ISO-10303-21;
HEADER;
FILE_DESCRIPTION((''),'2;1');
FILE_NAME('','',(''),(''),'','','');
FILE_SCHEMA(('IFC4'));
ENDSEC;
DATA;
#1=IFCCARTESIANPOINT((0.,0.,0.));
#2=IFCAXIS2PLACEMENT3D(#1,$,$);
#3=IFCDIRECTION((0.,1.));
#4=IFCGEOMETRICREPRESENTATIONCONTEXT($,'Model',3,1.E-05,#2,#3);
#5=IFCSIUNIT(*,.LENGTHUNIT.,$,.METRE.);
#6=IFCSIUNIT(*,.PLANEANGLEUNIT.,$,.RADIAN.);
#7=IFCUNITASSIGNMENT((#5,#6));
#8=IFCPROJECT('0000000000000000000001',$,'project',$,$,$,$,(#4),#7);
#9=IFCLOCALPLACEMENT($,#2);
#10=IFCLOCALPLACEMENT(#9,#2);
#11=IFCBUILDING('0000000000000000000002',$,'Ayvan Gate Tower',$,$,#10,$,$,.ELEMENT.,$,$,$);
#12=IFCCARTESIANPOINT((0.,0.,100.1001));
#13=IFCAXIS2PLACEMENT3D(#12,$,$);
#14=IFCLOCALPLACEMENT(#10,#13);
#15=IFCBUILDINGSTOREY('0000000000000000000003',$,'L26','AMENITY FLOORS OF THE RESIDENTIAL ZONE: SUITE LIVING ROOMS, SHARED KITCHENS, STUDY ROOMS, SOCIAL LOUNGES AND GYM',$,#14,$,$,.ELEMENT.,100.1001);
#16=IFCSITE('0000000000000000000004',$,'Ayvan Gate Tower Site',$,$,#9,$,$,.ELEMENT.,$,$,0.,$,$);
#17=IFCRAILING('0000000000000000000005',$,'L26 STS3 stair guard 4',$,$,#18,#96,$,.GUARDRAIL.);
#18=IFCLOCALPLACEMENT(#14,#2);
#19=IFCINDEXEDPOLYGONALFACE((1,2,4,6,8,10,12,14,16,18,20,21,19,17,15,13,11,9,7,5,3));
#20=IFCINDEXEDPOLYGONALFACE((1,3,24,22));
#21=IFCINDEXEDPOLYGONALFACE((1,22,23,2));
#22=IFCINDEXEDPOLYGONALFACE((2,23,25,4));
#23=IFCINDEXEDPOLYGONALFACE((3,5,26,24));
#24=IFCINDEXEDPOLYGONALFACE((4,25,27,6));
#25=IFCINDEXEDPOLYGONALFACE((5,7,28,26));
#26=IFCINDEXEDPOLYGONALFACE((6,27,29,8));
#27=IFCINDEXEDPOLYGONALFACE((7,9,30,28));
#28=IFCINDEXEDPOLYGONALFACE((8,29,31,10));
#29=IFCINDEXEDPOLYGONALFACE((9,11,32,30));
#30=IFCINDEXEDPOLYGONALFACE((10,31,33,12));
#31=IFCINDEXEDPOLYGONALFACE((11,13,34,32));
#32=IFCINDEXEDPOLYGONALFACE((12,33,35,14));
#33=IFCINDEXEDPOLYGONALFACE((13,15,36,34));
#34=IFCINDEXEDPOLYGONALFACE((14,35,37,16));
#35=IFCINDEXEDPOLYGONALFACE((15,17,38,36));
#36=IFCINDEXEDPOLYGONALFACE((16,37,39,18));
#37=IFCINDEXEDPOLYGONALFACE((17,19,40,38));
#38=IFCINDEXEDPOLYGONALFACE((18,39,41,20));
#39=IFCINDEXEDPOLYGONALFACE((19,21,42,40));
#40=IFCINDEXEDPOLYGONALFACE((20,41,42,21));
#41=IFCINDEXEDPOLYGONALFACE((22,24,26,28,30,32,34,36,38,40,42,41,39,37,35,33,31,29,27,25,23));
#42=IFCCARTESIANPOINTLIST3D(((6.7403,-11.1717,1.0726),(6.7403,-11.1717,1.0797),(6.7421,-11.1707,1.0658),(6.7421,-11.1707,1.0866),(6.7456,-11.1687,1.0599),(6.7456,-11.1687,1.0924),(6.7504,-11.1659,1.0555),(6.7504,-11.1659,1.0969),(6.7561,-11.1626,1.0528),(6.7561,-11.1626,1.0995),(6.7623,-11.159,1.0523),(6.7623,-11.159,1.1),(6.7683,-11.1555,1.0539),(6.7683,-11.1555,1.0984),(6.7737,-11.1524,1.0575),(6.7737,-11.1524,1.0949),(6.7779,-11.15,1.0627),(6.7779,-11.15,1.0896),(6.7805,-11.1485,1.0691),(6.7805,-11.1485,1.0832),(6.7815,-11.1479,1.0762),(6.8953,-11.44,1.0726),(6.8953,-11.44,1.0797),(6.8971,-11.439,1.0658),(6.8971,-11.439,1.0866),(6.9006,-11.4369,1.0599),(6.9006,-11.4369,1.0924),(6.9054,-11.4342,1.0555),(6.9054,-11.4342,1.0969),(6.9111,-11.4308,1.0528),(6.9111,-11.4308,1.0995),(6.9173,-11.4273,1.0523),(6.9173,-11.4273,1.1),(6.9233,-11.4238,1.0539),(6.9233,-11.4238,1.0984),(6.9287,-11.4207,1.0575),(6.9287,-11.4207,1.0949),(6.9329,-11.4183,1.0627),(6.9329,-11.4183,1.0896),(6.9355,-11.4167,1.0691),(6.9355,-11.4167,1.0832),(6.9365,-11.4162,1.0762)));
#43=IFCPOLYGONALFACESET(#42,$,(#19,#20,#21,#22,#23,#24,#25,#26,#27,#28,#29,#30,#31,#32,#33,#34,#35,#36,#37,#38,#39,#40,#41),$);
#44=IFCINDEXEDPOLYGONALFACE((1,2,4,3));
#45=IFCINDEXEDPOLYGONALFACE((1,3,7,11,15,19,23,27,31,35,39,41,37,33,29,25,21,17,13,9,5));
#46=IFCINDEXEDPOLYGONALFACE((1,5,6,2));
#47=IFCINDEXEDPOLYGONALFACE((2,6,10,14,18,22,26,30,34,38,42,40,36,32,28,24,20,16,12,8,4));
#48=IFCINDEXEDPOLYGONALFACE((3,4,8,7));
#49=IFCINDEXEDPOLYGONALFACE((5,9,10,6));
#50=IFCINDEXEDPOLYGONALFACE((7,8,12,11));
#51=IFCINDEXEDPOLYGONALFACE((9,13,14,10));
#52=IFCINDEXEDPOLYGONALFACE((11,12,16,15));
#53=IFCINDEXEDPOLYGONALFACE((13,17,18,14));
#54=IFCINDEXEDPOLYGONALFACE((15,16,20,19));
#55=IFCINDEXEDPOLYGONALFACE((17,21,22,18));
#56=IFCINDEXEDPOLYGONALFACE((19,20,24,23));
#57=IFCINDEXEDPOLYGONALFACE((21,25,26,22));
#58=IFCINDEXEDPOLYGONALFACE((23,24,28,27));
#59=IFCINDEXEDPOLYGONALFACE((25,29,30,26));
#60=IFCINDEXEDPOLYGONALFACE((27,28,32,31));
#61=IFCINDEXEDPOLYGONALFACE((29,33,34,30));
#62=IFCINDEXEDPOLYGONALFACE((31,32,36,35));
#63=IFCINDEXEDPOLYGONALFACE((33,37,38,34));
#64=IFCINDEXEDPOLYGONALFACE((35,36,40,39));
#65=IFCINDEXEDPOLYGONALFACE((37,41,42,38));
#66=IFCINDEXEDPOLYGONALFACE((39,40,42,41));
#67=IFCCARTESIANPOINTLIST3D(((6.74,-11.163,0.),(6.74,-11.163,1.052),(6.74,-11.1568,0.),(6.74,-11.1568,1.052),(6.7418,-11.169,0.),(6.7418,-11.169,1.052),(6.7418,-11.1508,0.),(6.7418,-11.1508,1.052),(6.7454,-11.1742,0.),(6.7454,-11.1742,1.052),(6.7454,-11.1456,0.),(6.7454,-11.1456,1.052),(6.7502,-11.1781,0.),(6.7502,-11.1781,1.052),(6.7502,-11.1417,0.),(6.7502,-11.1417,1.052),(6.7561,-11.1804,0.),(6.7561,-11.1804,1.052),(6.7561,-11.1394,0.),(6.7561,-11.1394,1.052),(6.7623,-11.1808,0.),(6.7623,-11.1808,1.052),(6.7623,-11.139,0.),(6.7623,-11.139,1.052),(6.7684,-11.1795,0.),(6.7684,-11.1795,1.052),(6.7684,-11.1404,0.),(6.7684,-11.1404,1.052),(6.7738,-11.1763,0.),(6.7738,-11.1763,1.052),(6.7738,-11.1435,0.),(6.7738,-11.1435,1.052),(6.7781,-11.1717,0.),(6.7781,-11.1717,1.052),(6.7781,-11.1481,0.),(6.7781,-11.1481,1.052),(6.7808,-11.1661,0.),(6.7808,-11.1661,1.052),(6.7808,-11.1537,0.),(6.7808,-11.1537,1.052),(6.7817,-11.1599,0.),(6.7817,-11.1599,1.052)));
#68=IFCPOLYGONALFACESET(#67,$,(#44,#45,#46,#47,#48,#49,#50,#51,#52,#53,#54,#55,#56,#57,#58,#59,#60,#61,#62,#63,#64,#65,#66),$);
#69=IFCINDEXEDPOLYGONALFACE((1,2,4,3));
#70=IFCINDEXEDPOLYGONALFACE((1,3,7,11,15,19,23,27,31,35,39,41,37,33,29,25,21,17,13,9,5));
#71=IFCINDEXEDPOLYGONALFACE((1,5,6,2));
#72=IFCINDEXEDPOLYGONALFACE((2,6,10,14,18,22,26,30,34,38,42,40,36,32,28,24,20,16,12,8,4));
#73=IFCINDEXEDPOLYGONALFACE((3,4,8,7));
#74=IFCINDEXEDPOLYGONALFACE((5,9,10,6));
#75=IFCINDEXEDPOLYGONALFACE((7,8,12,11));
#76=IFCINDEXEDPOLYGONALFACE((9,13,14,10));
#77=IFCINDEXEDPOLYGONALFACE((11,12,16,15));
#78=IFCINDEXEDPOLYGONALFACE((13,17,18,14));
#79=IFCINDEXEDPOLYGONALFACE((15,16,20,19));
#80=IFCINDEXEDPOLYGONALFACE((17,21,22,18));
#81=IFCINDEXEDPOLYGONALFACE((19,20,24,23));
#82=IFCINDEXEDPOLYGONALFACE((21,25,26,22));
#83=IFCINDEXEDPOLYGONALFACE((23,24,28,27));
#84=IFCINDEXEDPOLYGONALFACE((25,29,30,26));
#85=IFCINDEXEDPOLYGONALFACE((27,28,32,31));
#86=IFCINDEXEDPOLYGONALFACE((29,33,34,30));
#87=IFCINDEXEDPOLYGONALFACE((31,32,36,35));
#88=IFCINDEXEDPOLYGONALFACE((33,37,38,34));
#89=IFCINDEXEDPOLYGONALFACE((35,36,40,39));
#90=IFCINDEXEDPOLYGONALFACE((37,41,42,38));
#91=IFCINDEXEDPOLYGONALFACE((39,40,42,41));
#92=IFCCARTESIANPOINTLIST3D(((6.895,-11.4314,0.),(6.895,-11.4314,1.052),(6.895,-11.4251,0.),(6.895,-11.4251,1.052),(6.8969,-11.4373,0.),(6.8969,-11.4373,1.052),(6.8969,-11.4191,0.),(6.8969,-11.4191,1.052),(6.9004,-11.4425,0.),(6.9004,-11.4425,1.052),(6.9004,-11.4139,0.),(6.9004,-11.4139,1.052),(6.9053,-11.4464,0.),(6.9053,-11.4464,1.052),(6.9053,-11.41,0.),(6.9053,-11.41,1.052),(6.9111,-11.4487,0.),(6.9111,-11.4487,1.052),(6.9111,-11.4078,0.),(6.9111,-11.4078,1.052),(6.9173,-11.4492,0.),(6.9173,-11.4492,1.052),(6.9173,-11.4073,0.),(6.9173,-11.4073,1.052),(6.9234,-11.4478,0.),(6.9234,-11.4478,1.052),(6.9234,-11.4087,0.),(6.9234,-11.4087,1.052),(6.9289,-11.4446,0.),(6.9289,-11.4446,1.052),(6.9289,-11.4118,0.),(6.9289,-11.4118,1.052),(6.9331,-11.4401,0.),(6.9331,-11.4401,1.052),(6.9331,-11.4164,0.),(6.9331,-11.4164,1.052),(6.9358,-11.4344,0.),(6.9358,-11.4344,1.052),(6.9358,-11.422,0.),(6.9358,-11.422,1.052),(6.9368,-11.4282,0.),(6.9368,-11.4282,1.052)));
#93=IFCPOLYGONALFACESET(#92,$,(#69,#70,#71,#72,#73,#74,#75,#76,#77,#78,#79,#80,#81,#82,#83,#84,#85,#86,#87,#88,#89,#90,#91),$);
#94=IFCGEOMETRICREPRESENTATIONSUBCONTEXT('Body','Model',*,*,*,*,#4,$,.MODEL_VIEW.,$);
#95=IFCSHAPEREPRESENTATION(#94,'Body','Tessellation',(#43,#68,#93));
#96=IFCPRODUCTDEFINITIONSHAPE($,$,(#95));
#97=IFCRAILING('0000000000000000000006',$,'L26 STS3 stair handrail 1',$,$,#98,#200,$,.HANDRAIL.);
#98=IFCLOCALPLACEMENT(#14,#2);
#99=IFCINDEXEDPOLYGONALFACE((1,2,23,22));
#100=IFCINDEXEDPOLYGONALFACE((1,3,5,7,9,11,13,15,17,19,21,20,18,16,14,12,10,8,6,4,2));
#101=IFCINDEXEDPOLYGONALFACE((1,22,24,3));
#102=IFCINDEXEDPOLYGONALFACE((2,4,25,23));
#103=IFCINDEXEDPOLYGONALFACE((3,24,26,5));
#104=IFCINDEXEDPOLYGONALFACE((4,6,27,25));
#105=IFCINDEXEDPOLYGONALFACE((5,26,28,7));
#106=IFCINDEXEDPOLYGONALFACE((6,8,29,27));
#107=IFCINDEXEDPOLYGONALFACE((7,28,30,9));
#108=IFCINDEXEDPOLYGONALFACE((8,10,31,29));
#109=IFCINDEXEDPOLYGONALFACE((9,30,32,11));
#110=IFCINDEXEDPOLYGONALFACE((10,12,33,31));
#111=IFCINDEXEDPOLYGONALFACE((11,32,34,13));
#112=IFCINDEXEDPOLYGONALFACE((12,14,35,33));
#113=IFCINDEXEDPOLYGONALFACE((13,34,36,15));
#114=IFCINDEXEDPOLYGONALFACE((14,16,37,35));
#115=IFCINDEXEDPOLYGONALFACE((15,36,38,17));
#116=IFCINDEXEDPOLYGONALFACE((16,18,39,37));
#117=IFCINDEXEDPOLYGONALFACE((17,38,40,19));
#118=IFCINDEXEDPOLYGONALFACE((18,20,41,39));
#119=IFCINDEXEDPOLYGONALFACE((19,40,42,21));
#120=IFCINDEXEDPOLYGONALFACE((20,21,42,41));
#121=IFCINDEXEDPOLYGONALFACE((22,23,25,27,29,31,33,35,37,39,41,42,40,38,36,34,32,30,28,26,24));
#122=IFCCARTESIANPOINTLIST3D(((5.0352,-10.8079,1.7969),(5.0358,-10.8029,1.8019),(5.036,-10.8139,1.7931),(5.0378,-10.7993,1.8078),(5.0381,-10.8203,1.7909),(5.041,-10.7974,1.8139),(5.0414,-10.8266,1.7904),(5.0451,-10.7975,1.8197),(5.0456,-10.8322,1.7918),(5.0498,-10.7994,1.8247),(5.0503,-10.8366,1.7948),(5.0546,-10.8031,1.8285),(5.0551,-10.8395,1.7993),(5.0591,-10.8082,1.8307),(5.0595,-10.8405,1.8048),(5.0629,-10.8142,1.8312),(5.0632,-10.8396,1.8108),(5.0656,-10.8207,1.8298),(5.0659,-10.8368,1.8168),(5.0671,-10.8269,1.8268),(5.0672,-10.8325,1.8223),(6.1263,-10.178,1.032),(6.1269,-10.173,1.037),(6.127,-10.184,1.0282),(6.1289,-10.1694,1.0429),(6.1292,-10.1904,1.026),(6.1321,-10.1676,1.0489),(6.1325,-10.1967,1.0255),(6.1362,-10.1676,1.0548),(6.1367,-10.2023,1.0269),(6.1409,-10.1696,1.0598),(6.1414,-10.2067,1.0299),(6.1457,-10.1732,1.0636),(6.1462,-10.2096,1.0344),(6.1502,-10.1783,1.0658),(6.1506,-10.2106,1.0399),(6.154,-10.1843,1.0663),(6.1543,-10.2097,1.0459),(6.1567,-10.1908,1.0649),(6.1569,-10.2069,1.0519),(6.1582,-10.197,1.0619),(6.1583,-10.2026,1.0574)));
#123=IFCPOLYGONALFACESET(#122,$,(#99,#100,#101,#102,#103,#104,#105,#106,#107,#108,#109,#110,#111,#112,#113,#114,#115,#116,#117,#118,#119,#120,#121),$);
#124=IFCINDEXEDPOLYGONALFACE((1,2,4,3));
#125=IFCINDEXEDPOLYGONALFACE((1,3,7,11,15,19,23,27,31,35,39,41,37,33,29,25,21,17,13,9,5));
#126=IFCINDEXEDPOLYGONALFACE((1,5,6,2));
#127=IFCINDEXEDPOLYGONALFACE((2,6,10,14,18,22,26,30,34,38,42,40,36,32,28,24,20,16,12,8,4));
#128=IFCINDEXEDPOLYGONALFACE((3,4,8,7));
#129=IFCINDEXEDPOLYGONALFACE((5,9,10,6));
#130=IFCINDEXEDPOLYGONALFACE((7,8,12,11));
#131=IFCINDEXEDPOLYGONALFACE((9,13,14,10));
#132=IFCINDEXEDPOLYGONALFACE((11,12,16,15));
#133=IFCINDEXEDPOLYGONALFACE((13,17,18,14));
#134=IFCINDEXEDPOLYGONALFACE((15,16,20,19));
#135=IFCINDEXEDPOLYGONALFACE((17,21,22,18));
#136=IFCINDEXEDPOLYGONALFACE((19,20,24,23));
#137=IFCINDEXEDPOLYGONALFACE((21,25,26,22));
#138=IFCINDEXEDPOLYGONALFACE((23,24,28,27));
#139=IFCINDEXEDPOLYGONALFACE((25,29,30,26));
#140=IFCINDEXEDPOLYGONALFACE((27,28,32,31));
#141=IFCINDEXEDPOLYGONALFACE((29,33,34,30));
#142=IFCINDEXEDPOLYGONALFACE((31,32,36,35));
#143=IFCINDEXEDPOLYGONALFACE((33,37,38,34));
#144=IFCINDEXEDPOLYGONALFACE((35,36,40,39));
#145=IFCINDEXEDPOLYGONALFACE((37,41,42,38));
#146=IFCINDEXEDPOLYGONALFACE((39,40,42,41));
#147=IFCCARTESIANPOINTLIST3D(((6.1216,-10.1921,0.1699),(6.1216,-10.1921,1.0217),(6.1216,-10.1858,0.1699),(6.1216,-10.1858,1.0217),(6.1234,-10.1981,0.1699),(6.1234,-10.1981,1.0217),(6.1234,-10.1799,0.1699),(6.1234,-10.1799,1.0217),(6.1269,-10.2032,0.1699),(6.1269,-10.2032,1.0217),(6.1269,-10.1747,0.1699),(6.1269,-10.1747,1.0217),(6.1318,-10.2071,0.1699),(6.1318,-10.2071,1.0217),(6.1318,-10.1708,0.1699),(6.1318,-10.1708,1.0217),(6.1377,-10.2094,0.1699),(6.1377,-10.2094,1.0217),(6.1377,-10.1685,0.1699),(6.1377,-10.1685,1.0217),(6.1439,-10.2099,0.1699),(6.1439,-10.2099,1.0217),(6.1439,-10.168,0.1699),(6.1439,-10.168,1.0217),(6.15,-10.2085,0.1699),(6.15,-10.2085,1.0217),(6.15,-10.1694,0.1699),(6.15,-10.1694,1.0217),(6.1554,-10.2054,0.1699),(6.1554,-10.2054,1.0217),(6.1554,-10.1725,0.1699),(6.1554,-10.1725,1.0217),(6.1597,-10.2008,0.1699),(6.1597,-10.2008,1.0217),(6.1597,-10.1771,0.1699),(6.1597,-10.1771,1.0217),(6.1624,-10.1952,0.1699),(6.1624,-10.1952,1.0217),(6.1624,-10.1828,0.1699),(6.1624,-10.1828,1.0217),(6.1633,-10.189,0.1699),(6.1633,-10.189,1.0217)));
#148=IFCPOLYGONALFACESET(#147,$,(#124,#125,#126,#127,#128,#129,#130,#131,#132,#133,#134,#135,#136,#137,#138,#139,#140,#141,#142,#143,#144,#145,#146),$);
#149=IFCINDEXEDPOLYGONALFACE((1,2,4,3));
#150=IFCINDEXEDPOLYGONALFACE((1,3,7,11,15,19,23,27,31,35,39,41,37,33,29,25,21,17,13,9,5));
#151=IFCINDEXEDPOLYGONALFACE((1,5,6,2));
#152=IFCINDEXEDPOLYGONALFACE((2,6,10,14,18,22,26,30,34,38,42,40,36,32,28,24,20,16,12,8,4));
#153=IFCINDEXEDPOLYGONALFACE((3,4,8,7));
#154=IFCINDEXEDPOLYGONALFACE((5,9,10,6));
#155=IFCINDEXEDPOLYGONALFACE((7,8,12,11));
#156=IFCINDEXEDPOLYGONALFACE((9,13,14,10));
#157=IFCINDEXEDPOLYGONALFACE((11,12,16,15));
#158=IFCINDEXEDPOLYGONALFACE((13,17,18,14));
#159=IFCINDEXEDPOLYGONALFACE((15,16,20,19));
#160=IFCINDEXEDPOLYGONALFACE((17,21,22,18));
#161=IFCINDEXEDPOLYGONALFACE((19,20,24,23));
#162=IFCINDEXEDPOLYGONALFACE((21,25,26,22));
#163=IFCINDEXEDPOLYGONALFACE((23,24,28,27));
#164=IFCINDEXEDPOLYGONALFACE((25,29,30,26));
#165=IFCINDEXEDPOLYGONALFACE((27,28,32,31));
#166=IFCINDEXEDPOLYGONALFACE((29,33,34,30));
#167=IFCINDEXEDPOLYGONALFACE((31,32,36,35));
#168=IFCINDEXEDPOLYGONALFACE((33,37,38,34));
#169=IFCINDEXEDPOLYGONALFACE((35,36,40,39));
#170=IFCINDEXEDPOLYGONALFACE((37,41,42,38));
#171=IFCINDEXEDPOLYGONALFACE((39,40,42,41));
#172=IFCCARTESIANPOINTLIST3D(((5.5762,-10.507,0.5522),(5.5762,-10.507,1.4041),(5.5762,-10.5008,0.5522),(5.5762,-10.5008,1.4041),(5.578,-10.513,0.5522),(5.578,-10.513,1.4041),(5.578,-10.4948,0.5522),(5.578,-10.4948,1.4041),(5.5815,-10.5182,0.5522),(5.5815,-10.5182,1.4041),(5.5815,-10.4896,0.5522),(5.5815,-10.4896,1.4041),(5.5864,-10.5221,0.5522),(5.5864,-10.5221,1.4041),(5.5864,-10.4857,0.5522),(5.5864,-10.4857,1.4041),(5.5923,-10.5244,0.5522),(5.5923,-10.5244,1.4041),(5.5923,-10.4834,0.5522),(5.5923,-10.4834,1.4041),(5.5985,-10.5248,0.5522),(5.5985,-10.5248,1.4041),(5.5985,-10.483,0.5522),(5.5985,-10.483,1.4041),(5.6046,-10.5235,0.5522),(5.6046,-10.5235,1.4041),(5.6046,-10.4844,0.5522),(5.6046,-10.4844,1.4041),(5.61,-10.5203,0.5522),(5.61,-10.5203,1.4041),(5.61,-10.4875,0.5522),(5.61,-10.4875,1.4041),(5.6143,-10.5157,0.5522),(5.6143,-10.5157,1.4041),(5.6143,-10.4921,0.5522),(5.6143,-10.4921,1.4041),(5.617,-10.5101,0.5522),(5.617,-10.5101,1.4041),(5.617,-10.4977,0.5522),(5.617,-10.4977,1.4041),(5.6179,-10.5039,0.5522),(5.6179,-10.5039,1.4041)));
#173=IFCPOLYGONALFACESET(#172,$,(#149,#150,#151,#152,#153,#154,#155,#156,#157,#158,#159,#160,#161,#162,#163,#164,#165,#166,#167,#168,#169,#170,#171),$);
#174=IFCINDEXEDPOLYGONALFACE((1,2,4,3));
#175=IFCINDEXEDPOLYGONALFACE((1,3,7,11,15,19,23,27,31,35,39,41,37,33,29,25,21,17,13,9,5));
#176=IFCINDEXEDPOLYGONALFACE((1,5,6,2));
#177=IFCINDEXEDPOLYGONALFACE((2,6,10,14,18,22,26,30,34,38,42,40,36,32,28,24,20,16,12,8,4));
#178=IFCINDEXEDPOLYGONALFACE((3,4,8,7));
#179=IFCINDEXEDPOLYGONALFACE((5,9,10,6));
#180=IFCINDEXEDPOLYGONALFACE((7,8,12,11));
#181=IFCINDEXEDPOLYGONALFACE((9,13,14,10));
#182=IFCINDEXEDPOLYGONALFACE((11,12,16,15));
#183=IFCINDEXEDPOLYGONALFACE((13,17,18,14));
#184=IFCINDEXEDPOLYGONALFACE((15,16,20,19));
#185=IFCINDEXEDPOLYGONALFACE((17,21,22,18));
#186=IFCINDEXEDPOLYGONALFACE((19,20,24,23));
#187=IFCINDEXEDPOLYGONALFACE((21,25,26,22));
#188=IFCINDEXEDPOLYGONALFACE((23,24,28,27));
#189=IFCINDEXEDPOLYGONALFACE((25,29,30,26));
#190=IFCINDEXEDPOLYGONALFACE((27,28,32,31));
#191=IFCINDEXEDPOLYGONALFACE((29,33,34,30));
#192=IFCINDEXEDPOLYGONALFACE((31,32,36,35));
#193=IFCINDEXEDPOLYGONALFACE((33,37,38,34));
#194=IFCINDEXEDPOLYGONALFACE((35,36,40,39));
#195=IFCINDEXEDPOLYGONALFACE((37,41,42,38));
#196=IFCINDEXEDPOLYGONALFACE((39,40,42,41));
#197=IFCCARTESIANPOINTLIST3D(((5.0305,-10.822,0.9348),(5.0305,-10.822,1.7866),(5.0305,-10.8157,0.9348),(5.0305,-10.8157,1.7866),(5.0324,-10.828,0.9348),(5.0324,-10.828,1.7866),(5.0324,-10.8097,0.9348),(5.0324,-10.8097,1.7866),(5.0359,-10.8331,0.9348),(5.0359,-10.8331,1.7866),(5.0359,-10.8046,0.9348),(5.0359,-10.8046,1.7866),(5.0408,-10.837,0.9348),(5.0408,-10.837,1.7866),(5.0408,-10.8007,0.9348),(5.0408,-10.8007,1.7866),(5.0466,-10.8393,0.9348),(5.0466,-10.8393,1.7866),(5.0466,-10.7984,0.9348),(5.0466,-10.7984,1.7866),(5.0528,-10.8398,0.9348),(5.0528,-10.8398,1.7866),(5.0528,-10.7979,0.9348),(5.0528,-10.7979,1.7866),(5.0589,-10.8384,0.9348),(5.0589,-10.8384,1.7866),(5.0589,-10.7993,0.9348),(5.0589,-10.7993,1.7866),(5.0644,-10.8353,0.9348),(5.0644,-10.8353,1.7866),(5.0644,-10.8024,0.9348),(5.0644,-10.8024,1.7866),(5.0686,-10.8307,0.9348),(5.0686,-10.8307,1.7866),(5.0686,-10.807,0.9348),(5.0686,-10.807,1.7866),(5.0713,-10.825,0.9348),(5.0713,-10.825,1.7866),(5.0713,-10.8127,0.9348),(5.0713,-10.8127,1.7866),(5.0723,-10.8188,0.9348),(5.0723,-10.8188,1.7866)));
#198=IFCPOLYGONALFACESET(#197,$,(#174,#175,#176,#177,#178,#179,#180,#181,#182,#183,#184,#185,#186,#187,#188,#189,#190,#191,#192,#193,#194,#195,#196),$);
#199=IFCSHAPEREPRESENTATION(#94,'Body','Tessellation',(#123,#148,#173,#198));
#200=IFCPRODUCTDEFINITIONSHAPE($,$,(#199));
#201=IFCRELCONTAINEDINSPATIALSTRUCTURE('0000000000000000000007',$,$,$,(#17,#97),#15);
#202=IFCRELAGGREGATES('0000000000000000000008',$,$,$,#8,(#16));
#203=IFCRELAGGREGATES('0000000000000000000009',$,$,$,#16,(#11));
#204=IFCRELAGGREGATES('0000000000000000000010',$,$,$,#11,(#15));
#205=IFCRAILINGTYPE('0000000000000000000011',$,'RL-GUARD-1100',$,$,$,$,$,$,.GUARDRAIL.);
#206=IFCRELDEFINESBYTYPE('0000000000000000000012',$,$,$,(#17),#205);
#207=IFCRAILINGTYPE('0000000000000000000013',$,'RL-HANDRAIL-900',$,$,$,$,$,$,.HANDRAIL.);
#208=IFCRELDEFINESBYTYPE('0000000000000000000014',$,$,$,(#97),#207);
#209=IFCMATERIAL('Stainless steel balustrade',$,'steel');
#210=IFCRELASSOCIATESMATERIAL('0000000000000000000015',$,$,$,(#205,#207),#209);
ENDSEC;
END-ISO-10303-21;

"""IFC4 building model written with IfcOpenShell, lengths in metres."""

from ifc_helpers import new_model, si_unit, direction, frame, origin, origin_2d, place, context, subcontext, project, spatial, circle, extrude, material, type_object, element, save


model = new_model("IFC4")

# Units and contexts
model_context = context("Model", 3, precision=1e-05, world=origin(), true_north=direction((0.0, 1.0)))
body_context = subcontext(model_context, "Body", "Model", "MODEL_VIEW")
ifc_project = project(units=[si_unit("LENGTHUNIT", "METRE"), si_unit("PLANEANGLEUNIT", "RADIAN")], contexts=[model_context])

# Site, building, storey
site_placement = place(None, origin())
site = spatial("IfcSite", under=ifc_project, at=site_placement, Name="Ayvan Gate Tower Site", CompositionType="ELEMENT", RefElevation=0.0)
building_placement = place(site_placement, origin())
building = spatial("IfcBuilding", under=site, at=building_placement, Name="Ayvan Gate Tower", CompositionType="ELEMENT")
storey_placement = place(building_placement, frame((0.0, 0.0, 100.1001)))
storey = spatial("IfcBuildingStorey", under=building, at=storey_placement, Name="L26", Description="AMENITY FLOORS OF THE RESIDENTIAL ZONE: SUITE LIVING ROOMS, SHARED KITCHENS, STUDY ROOMS, SOCIAL LOUNGES AND GYM", CompositionType="ELEMENT", Elevation=100.1001)

# Railings
ifc_material_1 = material(Name="Stainless steel balustrade", Category="steel")
railing_type_1 = type_object("IfcRailingType", Name="RL-GUARD-1100", PredefinedType="GUARDRAIL", material=ifc_material_1)
railing_1_placement = place(storey_placement, frame((6.7607, -11.1599, 0.0)))
element("IfcRailing", 1, at=railing_1_placement, inside=storey, type_object=railing_type_1, Name="L26 STS3 stair guard 4", PredefinedType="GUARDRAIL", context=body_context, shape_type="SweptSolid", body=[
    extrude(circle(Radius=0.0239, at=origin_2d()), frame((0.0, 0.0, 1.0762), z_axis=(0.500291, -0.865857, 0.0), x_axis=(0.865857, 0.500291, 0.0)), (0.0, 0.0, 1.0), 0.3098),
    extrude(circle(Radius=0.021, at=origin_2d()), origin(), (0.0, 0.0, 1.0), 1.052),
    extrude(circle(Radius=0.021, at=origin_2d()), frame((0.155, -0.2683, 0.0)), (0.0, 0.0, 1.0), 1.052),
])
railing_type_2 = type_object("IfcRailingType", Name="RL-HANDRAIL-900", PredefinedType="HANDRAIL", material=ifc_material_1)
railing_2_placement = place(storey_placement, frame((6.1423, -10.189, 0.1699)))
element("IfcRailing", 2, at=railing_2_placement, inside=storey, type_object=railing_type_2, Name="L26 STS3 stair handrail 1", PredefinedType="HANDRAIL", context=body_context, shape_type="SweptSolid", body=[
    extrude(circle(Radius=0.0239, at=origin_2d()), frame((0.0, 0.0, 0.876), z_axis=(-0.740282, -0.427372, 0.518976), x_axis=(0.499974, -0.86604, 0.0)), (0.0, 0.0, 1.0), 1.4739),
    extrude(circle(Radius=0.021, at=origin_2d()), origin(), (0.0, 0.0, 1.0), 0.8518),
    extrude(circle(Radius=0.021, at=origin_2d()), frame((-0.5454, -0.3149, 0.3823)), (0.0, 0.0, 1.0), 0.8518),
    extrude(circle(Radius=0.021, at=origin_2d()), frame((-1.0911, -0.6299, 0.7649)), (0.0, 0.0, 1.0), 0.8518),
])

save(model, "model.ifc")
